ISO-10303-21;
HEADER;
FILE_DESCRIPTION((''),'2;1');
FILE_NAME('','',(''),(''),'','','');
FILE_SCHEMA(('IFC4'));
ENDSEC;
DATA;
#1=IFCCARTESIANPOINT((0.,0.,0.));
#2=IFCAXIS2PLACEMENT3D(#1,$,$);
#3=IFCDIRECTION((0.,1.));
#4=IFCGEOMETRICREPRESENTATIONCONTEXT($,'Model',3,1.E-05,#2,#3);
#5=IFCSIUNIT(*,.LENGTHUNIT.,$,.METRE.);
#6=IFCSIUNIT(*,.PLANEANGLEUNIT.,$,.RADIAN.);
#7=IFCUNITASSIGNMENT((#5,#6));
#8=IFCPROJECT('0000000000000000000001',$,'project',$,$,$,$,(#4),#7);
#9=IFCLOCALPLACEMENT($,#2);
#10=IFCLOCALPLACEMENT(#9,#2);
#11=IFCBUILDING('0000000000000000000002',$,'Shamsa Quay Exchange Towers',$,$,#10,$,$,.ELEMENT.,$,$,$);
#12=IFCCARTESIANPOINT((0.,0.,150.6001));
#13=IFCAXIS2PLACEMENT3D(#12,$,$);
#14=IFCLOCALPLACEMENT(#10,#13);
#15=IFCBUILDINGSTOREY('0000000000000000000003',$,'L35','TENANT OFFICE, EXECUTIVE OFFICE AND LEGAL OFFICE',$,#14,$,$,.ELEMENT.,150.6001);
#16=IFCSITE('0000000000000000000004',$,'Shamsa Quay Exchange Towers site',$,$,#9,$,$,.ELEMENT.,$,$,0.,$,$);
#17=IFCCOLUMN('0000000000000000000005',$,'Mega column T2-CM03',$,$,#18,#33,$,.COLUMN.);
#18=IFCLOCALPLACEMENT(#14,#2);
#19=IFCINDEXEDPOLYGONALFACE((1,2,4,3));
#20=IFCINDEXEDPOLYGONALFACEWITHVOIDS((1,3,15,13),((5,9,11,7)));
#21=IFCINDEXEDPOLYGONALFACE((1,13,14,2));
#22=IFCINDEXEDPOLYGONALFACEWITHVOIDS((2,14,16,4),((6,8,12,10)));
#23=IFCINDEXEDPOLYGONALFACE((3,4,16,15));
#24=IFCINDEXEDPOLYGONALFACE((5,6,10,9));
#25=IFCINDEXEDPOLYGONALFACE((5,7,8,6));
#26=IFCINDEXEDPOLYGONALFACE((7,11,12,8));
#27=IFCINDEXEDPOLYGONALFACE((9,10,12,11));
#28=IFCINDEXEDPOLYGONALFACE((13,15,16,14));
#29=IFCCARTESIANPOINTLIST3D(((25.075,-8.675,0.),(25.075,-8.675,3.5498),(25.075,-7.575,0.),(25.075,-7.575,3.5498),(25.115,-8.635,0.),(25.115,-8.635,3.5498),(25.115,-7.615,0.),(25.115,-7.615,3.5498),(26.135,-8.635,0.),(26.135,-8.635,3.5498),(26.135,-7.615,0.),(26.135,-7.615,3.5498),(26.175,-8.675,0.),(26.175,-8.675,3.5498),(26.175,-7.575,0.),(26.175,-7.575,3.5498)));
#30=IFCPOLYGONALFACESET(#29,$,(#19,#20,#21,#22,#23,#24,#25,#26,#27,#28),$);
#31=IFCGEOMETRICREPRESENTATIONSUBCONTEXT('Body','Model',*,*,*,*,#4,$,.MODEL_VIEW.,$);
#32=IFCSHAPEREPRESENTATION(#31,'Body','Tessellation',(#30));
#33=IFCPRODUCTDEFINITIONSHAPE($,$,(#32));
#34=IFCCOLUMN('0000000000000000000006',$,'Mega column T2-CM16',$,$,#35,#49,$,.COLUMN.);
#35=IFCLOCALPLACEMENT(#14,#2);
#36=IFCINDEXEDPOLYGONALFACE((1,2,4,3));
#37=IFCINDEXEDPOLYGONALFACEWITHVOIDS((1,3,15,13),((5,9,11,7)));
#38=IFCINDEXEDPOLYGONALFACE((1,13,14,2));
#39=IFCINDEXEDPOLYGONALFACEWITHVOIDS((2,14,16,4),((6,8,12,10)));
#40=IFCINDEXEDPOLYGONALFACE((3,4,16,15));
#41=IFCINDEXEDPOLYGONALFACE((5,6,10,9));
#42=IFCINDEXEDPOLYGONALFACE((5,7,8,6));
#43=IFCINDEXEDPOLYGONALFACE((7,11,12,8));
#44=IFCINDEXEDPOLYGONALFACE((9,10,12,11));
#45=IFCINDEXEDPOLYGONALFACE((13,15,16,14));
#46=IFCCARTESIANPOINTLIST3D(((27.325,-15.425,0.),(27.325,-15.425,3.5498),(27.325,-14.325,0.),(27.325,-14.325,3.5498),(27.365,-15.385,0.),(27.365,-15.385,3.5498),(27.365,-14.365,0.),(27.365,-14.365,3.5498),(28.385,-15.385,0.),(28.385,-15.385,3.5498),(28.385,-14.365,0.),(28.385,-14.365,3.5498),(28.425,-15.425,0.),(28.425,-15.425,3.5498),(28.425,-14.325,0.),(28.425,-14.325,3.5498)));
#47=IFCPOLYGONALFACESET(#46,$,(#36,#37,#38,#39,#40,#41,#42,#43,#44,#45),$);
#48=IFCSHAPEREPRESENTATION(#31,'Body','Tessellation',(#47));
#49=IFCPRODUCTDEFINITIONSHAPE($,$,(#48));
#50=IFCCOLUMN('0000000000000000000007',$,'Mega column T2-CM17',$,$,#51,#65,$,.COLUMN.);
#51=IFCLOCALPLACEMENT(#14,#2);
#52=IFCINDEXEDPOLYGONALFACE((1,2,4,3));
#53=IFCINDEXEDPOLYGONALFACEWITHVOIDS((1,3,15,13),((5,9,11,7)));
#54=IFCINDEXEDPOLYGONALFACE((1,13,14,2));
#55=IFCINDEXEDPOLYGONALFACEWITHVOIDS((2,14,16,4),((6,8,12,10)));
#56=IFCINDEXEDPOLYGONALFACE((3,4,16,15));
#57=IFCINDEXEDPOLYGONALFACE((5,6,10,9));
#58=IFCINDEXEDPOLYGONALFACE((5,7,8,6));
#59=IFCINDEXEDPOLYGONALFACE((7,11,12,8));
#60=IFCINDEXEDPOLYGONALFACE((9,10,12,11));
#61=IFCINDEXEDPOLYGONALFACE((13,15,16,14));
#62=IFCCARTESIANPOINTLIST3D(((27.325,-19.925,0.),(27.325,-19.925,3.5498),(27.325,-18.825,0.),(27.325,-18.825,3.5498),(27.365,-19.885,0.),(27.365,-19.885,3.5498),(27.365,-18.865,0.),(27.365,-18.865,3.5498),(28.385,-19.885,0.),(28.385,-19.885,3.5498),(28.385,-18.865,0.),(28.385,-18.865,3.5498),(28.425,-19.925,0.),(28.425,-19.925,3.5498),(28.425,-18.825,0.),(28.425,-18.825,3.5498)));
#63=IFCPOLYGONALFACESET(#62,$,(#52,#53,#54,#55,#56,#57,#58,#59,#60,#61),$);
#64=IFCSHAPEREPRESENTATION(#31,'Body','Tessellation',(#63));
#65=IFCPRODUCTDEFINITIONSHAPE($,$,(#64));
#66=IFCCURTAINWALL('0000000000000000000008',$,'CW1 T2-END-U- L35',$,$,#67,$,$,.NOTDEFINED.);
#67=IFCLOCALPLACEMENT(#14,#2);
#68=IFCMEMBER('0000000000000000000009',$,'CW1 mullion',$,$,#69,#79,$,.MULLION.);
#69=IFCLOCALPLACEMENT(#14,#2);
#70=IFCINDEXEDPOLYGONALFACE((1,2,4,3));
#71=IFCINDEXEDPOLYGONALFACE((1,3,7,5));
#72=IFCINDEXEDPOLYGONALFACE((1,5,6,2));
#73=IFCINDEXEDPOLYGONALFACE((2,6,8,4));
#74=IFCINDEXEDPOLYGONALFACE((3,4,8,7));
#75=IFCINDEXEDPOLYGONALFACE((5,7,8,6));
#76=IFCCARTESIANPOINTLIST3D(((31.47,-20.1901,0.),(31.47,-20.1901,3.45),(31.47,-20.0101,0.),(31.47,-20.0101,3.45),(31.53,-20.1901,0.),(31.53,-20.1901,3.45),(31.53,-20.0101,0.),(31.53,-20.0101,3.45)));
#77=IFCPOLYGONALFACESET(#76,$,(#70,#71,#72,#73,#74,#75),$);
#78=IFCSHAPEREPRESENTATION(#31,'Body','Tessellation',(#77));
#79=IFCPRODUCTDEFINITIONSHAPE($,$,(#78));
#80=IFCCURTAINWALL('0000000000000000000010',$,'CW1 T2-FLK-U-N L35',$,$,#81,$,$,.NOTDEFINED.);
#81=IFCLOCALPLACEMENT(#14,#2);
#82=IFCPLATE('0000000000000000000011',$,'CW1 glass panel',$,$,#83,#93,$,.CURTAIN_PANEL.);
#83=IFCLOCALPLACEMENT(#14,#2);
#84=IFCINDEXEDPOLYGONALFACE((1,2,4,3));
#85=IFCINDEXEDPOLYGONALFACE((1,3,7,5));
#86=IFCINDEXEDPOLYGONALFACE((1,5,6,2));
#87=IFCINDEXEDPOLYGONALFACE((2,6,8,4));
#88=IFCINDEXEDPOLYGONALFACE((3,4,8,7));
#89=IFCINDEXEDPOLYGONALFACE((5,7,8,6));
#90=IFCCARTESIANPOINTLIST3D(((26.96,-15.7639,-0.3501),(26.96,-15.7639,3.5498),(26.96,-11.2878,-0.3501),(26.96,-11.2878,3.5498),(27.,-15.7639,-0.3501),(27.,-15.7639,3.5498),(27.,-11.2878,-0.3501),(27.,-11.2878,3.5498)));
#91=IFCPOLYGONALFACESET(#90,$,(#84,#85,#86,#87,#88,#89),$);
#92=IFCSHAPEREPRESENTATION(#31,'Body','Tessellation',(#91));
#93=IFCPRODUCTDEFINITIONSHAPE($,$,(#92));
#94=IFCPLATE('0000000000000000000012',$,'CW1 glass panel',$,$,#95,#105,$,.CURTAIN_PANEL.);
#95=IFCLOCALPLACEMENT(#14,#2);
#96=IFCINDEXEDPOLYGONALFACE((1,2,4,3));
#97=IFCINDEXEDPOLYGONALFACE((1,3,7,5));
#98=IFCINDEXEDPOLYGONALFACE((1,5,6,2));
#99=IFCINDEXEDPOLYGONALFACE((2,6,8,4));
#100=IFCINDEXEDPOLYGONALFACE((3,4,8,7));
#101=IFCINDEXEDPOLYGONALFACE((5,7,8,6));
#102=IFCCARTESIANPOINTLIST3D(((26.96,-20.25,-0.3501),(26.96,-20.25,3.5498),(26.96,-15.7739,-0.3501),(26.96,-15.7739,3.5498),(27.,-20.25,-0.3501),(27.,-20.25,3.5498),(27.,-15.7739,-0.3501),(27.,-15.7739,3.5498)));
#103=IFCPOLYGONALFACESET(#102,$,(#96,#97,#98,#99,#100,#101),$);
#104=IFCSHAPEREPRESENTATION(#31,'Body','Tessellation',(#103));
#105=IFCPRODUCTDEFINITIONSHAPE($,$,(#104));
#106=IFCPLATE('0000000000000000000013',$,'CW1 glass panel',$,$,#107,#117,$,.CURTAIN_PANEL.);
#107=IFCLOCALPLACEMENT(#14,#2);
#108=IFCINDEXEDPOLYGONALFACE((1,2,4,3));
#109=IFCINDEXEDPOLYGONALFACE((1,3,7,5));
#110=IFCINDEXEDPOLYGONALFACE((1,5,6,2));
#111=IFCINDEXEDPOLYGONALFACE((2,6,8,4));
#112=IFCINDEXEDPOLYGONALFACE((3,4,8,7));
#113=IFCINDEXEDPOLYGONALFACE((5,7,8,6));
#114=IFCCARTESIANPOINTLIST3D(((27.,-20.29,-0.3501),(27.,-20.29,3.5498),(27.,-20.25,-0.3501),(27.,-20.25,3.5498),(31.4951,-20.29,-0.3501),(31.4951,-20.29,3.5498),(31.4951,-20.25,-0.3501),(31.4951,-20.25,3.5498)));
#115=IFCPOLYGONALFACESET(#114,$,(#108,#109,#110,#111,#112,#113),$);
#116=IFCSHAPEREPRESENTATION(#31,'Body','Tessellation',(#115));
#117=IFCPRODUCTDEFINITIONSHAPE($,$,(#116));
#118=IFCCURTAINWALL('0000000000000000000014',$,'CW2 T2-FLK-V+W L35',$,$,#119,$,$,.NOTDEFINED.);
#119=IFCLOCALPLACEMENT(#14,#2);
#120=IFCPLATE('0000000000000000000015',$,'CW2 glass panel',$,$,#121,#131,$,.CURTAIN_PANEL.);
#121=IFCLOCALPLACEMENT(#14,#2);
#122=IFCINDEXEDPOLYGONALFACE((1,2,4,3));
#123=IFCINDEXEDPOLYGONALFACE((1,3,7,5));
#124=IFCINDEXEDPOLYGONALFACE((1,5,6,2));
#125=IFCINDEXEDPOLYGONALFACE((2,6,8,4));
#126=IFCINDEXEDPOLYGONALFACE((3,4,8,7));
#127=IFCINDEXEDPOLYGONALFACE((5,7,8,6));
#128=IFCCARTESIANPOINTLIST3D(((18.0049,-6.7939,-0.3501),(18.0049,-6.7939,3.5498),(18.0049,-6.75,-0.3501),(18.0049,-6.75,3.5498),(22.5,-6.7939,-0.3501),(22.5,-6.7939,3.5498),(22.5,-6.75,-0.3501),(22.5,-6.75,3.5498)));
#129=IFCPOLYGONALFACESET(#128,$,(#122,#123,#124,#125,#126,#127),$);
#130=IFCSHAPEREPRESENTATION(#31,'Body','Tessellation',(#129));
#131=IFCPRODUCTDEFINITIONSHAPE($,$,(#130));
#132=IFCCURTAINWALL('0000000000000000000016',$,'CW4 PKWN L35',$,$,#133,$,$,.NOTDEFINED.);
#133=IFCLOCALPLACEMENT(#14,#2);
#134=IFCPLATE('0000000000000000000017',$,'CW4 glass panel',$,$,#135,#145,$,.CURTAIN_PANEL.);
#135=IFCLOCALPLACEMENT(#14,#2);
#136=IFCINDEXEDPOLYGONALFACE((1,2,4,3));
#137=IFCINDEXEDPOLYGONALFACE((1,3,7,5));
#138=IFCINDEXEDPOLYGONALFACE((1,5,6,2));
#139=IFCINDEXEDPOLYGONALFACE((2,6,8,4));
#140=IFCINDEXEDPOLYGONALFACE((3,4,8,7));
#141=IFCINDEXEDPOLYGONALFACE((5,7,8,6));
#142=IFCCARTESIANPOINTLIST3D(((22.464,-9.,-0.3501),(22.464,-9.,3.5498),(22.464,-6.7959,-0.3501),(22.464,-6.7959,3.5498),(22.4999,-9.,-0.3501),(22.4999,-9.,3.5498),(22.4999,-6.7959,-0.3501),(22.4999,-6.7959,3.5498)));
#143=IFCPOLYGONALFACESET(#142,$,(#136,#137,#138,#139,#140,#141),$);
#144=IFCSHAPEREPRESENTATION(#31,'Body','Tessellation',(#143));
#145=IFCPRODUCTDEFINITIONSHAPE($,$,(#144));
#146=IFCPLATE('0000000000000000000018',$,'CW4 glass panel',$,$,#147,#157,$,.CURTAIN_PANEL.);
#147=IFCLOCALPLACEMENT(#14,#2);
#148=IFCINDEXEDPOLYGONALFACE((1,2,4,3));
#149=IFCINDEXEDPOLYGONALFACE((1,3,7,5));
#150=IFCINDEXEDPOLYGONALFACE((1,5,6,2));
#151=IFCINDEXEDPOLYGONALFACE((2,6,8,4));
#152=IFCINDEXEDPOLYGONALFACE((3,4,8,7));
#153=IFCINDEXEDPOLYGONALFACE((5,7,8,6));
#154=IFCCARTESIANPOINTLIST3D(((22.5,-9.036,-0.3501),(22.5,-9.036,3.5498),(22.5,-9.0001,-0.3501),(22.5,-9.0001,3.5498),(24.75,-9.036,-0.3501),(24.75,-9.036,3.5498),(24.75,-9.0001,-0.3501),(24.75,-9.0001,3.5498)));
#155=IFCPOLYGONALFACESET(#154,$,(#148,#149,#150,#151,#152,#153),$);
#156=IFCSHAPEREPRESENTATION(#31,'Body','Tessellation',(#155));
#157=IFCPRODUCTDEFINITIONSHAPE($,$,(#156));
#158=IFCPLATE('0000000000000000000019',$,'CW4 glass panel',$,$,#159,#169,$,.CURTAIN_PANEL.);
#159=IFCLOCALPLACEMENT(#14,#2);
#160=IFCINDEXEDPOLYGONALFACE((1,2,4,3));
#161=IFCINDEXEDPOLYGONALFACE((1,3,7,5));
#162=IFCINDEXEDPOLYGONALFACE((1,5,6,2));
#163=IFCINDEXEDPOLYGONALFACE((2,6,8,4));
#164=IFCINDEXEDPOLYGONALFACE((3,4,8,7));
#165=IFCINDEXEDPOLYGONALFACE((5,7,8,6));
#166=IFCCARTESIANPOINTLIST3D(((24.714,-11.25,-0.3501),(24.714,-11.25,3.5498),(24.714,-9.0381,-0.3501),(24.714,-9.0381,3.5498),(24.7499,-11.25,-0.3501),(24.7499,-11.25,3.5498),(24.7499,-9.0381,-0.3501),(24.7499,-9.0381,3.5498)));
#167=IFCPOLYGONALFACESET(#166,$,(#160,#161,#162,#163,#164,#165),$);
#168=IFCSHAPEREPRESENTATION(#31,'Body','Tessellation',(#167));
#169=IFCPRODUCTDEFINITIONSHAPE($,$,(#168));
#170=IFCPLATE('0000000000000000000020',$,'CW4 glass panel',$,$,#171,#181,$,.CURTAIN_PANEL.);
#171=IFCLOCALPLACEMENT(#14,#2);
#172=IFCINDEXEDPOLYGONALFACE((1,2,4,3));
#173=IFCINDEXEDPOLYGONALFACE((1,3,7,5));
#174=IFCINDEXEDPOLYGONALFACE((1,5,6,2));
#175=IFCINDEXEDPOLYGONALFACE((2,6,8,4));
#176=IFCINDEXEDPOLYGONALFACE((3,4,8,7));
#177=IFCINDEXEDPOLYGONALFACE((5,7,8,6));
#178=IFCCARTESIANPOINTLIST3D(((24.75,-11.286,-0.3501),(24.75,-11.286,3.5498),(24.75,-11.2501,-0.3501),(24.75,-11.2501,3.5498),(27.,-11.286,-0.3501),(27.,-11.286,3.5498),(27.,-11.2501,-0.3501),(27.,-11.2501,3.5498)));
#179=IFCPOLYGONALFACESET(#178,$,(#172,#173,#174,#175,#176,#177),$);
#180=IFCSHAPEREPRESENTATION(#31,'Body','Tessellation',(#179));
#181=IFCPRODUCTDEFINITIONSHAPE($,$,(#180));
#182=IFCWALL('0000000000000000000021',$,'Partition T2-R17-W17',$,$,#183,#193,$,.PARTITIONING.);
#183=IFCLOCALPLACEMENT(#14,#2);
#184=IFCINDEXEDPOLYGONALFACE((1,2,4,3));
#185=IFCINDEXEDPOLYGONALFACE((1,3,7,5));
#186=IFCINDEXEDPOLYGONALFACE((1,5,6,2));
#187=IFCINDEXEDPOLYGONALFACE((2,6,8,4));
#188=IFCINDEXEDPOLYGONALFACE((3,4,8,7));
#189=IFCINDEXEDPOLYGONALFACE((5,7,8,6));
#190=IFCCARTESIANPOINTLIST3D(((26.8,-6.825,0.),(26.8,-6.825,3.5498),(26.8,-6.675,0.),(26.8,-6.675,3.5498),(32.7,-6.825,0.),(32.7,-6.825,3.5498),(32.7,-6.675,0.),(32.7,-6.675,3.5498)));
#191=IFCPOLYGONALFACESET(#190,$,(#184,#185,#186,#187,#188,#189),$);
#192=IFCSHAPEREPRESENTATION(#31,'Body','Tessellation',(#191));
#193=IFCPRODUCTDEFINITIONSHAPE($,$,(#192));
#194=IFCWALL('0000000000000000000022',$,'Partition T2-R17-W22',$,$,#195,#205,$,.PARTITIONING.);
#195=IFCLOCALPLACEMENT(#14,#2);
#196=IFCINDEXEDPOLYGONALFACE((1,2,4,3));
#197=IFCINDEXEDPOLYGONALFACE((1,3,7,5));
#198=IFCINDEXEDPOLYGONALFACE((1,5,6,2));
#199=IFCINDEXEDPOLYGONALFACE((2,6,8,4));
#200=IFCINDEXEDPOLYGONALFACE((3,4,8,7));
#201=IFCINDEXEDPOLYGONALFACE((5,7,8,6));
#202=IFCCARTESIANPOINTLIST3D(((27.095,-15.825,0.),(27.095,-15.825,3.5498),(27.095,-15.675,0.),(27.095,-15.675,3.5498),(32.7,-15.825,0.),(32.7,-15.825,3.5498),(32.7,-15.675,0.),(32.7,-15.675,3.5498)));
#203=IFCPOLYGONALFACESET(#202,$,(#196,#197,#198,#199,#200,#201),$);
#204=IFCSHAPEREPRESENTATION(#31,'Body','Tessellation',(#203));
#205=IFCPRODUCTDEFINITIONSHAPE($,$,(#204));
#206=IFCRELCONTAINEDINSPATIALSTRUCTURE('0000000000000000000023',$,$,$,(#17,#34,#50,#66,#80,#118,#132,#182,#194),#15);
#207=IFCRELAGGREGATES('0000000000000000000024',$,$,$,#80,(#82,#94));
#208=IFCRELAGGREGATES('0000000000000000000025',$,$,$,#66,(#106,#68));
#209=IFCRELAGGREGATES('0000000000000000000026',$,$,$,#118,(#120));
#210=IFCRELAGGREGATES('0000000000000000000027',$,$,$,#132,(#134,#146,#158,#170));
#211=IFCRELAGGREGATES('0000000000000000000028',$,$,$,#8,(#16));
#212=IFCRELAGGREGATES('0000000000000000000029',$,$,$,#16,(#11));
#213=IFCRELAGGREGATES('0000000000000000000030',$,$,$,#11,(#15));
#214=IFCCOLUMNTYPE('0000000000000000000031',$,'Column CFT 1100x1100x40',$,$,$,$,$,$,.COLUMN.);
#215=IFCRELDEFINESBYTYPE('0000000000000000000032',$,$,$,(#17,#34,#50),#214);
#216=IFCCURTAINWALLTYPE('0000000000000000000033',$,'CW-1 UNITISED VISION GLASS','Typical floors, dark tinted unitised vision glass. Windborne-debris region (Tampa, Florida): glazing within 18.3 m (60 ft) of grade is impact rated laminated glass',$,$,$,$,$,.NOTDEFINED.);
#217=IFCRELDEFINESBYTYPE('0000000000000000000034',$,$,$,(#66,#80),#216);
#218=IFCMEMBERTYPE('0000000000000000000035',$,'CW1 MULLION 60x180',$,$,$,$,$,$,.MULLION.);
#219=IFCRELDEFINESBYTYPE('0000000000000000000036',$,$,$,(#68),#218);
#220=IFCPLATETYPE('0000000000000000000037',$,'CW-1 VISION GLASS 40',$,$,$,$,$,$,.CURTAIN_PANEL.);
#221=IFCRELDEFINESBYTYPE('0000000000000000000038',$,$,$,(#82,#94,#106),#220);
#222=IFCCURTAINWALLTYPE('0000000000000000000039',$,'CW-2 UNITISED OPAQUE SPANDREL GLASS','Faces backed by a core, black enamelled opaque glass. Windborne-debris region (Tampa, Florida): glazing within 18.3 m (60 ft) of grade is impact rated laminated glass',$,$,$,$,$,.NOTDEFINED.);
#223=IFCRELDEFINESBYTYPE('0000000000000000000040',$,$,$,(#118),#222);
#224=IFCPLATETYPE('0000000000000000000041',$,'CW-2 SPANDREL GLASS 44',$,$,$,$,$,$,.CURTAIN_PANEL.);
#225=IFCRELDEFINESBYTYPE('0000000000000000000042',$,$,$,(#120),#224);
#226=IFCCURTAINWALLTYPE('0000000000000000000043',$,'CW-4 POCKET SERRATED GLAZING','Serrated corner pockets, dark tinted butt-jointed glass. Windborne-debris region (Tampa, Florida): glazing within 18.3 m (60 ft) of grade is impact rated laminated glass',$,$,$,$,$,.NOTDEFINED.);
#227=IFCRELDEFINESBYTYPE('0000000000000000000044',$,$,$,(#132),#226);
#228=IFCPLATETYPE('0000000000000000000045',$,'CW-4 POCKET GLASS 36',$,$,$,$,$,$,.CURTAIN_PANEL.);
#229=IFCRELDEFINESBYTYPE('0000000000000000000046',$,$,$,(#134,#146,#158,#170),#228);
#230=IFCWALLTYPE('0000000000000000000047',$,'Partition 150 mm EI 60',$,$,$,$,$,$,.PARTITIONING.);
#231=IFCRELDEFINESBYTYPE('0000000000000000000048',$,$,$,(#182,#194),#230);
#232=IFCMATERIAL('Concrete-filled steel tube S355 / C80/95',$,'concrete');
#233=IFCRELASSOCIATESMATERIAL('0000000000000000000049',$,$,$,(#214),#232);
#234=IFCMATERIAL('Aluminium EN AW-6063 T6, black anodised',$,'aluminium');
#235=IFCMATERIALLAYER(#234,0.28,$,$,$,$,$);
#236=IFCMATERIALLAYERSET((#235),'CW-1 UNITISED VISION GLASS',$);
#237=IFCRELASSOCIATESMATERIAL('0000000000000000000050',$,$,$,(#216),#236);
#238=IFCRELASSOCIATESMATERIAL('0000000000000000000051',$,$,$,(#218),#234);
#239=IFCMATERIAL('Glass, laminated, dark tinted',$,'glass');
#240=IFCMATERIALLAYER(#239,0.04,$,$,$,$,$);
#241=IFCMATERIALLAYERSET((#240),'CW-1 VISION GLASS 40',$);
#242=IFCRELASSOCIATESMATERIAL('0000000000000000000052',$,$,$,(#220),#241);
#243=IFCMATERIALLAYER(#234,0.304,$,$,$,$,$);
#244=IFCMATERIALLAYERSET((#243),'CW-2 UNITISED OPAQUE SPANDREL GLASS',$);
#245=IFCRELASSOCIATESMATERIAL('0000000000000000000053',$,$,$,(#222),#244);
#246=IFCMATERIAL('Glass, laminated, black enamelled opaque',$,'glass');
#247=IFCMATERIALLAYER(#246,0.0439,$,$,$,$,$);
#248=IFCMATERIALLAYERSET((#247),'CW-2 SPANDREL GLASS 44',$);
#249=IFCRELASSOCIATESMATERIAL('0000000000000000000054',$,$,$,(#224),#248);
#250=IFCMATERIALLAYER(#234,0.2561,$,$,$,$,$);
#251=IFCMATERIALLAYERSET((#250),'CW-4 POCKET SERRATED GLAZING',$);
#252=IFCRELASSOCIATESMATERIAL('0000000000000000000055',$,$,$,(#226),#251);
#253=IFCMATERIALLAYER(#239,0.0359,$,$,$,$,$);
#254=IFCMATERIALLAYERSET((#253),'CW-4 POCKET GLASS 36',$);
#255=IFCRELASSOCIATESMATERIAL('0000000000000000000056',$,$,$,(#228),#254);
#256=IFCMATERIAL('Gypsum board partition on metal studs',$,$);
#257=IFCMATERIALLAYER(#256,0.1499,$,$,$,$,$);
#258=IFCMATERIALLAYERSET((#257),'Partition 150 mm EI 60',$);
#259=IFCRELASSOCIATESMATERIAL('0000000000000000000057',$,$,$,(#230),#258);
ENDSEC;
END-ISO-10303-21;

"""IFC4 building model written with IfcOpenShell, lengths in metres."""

from ifc_helpers import new_model, si_unit, direction, frame, frame_2d, origin, origin_2d, place, context, subcontext, project, spatial, rectangle, hollow_rectangle, extrude, material, layer, layer_set, material_profile, profile_set, type_object, element, aggregate, save


model = new_model("IFC4")

# Units and contexts
model_context = context("Model", 3, precision=1e-05, world=origin(), true_north=direction((0.0, 1.0)))
body_context = subcontext(model_context, "Body", "Model", "MODEL_VIEW")
ifc_project = project(units=[si_unit("LENGTHUNIT", "METRE"), si_unit("PLANEANGLEUNIT", "RADIAN")], contexts=[model_context])

# Site, building, storey
site_placement = place(None, origin())
site = spatial("IfcSite", under=ifc_project, at=site_placement, Name="Shamsa Quay Exchange Towers site", CompositionType="ELEMENT", RefElevation=0.0)
building_placement = place(site_placement, origin())
building = spatial("IfcBuilding", under=site, at=building_placement, Name="Shamsa Quay Exchange Towers", CompositionType="ELEMENT")
storey_placement = place(building_placement, frame((0.0, 0.0, 150.6001)))
storey = spatial("IfcBuildingStorey", under=building, at=storey_placement, Name="L35", Description="TENANT OFFICE, EXECUTIVE OFFICE AND LEGAL OFFICE", CompositionType="ELEMENT", Elevation=150.6001)

# Columns
ifc_material_1 = material(Name="Concrete-filled steel tube S355 / C80/95", Category="concrete")
ifc_material_profile_1 = material_profile(ifc_material_1, hollow_rectangle(XDim=1.1001, YDim=1.1001, WallThickness=0.04, at=origin_2d()), Name="CFT 1100x1100x40")
ifc_profile_set_1 = profile_set([ifc_material_profile_1], Name="Concrete-filled steel tube S355 / C80/95")
column_type = type_object("IfcColumnType", Name="Column CFT 1100x1100x40", PredefinedType="COLUMN", material=ifc_profile_set_1)
for number, where, name in (
    (1, (25.625, -8.125, 0.0), "Mega column T2-CM03"),
    (2, (27.875, -14.875, 0.0), "Mega column T2-CM16"),
    (3, (27.875, -19.375, 0.0), "Mega column T2-CM17"),
):
    element("IfcColumn", number, at=place(storey_placement, frame(where)), inside=storey, type_object=column_type, Name=name, PredefinedType="COLUMN", context=body_context, shape_type="SweptSolid", body=[
        extrude(hollow_rectangle(XDim=1.1001, YDim=1.1001, WallThickness=0.04, at=origin_2d()), origin(), (0.0, 0.0, 1.0), 3.5498),
    ])

# Curtain wall, member
ifc_material_2 = material(Name="Aluminium EN AW-6063 T6, black anodised", Category="aluminium")
ifc_layer_1 = layer(ifc_material_2, 0.28)
ifc_layer_set_1 = layer_set([ifc_layer_1], Name="CW-1 UNITISED VISION GLASS")
curtain_wall_type_1 = type_object("IfcCurtainWallType", Name="CW-1 UNITISED VISION GLASS", Description="Typical floors, dark tinted unitised vision glass. Windborne-debris region (Tampa, Florida): glazing within 18.3 m (60 ft) of grade is impact rated laminated glass", PredefinedType="NOTDEFINED", material=ifc_layer_set_1)
curtain_wall_1_placement = place(storey_placement, origin())
curtain_wall_1 = element("IfcCurtainWall", 4, at=curtain_wall_1_placement, inside=storey, type_object=curtain_wall_type_1, Name="CW1 T2-END-U- L35", PredefinedType="NOTDEFINED")
ifc_material_profile_2 = material_profile(ifc_material_2, rectangle(XDim=0.1799, YDim=0.0601, at=origin_2d()), Name="MU60x180")
ifc_profile_set_2 = profile_set([ifc_material_profile_2], Name="Aluminium EN AW-6063 T6, black anodised")
member_type = type_object("IfcMemberType", Name="CW1 MULLION 60x180", PredefinedType="MULLION", material=ifc_profile_set_2)
member_placement = place(storey_placement, frame((31.5, -20.1001, 0.0), z_axis=(0.0, 0.0, 1.0), x_axis=(0.0, 1.0, 0.0)))
member = element("IfcMember", 5, at=member_placement, type_object=member_type, Name="CW1 mullion", PredefinedType="MULLION", context=body_context, shape_type="SweptSolid", body=[
    extrude(rectangle(XDim=0.1799, YDim=0.0601, at=origin_2d()), origin(), (0.0, 0.0, 1.0), 3.45),
])

# Curtain wall, plates
curtain_wall_2_placement = place(storey_placement, origin())
curtain_wall_2 = element("IfcCurtainWall", 6, at=curtain_wall_2_placement, inside=storey, type_object=curtain_wall_type_1, Name="CW1 T2-FLK-U-N L35", PredefinedType="NOTDEFINED")
ifc_material_3 = material(Name="Glass, laminated, dark tinted", Category="glass")
ifc_layer_2 = layer(ifc_material_3, 0.04)
ifc_layer_set_2 = layer_set([ifc_layer_2], Name="CW-1 VISION GLASS 40")
plate_type_1 = type_object("IfcPlateType", Name="CW-1 VISION GLASS 40", PredefinedType="CURTAIN_PANEL", material=ifc_layer_set_2)
plate_1_placement = place(storey_placement, frame((26.98, -13.5259, -0.3501), z_axis=(0.0, 0.0, 1.0), x_axis=(0.0, -1.0, 0.0)))
plate_1 = element("IfcPlate", 7, at=plate_1_placement, type_object=plate_type_1, Name="CW1 glass panel", PredefinedType="CURTAIN_PANEL", context=body_context, shape_type="SweptSolid", body=[
    extrude(rectangle(XDim=4.4761, YDim=0.04, at=origin_2d()), origin(), (0.0, 0.0, 1.0), 3.8999),
])
plate_2_placement = place(storey_placement, frame((26.98, -18.012, -0.3501), z_axis=(0.0, 0.0, 1.0), x_axis=(0.0, -1.0, 0.0)))
plate_2 = element("IfcPlate", 8, at=plate_2_placement, type_object=plate_type_1, Name="CW1 glass panel", PredefinedType="CURTAIN_PANEL", context=body_context, shape_type="SweptSolid", body=[
    extrude(rectangle(XDim=4.4761, YDim=0.04, at=origin_2d()), origin(), (0.0, 0.0, 1.0), 3.8999),
])
aggregate(curtain_wall_2, [plate_1, plate_2])

# Plate
plate_3_placement = place(storey_placement, frame((29.2476, -20.27, -0.3501)))
plate_3 = element("IfcPlate", 9, at=plate_3_placement, type_object=plate_type_1, Name="CW1 glass panel", PredefinedType="CURTAIN_PANEL", context=body_context, shape_type="SweptSolid", body=[
    extrude(rectangle(XDim=4.4951, YDim=0.04, at=origin_2d()), origin(), (0.0, 0.0, 1.0), 3.8999),
])
aggregate(curtain_wall_1, [plate_3, member])

# Curtain wall, plate
ifc_layer_3 = layer(ifc_material_2, 0.304)
ifc_layer_set_3 = layer_set([ifc_layer_3], Name="CW-2 UNITISED OPAQUE SPANDREL GLASS")
curtain_wall_type_2 = type_object("IfcCurtainWallType", Name="CW-2 UNITISED OPAQUE SPANDREL GLASS", Description="Faces backed by a core, black enamelled opaque glass. Windborne-debris region (Tampa, Florida): glazing within 18.3 m (60 ft) of grade is impact rated laminated glass", PredefinedType="NOTDEFINED", material=ifc_layer_set_3)
curtain_wall_3_placement = place(storey_placement, origin())
curtain_wall_3 = element("IfcCurtainWall", 10, at=curtain_wall_3_placement, inside=storey, type_object=curtain_wall_type_2, Name="CW2 T2-FLK-V+W L35", PredefinedType="NOTDEFINED")
ifc_material_4 = material(Name="Glass, laminated, black enamelled opaque", Category="glass")
ifc_layer_4 = layer(ifc_material_4, 0.0439)
ifc_layer_set_4 = layer_set([ifc_layer_4], Name="CW-2 SPANDREL GLASS 44")
plate_type_2 = type_object("IfcPlateType", Name="CW-2 SPANDREL GLASS 44", PredefinedType="CURTAIN_PANEL", material=ifc_layer_set_4)
plate_4_placement = place(storey_placement, frame((20.2524, -6.772, -0.3501)))
plate_4 = element("IfcPlate", 11, at=plate_4_placement, type_object=plate_type_2, Name="CW2 glass panel", PredefinedType="CURTAIN_PANEL", context=body_context, shape_type="SweptSolid", body=[
    extrude(rectangle(XDim=4.4951, YDim=0.0439, at=origin_2d()), origin(), (0.0, 0.0, 1.0), 3.8999),
])
aggregate(curtain_wall_3, [plate_4])

# Curtain wall, plates
ifc_layer_5 = layer(ifc_material_2, 0.2561)
ifc_layer_set_5 = layer_set([ifc_layer_5], Name="CW-4 POCKET SERRATED GLAZING")
curtain_wall_type_3 = type_object("IfcCurtainWallType", Name="CW-4 POCKET SERRATED GLAZING", Description="Serrated corner pockets, dark tinted butt-jointed glass. Windborne-debris region (Tampa, Florida): glazing within 18.3 m (60 ft) of grade is impact rated laminated glass", PredefinedType="NOTDEFINED", material=ifc_layer_set_5)
curtain_wall_4_placement = place(storey_placement, origin())
curtain_wall_4 = element("IfcCurtainWall", 12, at=curtain_wall_4_placement, inside=storey, type_object=curtain_wall_type_3, Name="CW4 PKWN L35", PredefinedType="NOTDEFINED")
ifc_layer_6 = layer(ifc_material_3, 0.0359)
ifc_layer_set_6 = layer_set([ifc_layer_6], Name="CW-4 POCKET GLASS 36")
plate_type_3 = type_object("IfcPlateType", Name="CW-4 POCKET GLASS 36", PredefinedType="CURTAIN_PANEL", material=ifc_layer_set_6)
plate_5_placement = place(storey_placement, frame((22.4819, -7.8979, -0.3501), z_axis=(0.0, 0.0, 1.0), x_axis=(0.0, -1.0, 0.0)))
plate_5 = element("IfcPlate", 13, at=plate_5_placement, type_object=plate_type_3, Name="CW4 glass panel", PredefinedType="CURTAIN_PANEL", context=body_context, shape_type="SweptSolid", body=[
    extrude(rectangle(XDim=2.2041, YDim=0.0359, at=origin_2d()), origin(), (0.0, 0.0, 1.0), 3.8999),
])
plate_6_placement = place(storey_placement, frame((23.625, -9.0181, -0.3501)))
plate_6 = element("IfcPlate", 14, at=plate_6_placement, type_object=plate_type_3, Name="CW4 glass panel", PredefinedType="CURTAIN_PANEL", context=body_context, shape_type="SweptSolid", body=[
    extrude(rectangle(XDim=2.25, YDim=0.0359, at=origin_2d()), origin(), (0.0, 0.0, 1.0), 3.8999),
])
plate_7_placement = place(storey_placement, frame((24.7319, -10.144, -0.3501), z_axis=(0.0, 0.0, 1.0), x_axis=(0.0, -1.0, 0.0)))
plate_7 = element("IfcPlate", 15, at=plate_7_placement, type_object=plate_type_3, Name="CW4 glass panel", PredefinedType="CURTAIN_PANEL", context=body_context, shape_type="SweptSolid", body=[
    extrude(rectangle(XDim=2.2119, YDim=0.0359, at=origin_2d()), origin(), (0.0, 0.0, 1.0), 3.8999),
])
plate_8_placement = place(storey_placement, frame((25.875, -11.2681, -0.3501)))
plate_8 = element("IfcPlate", 16, at=plate_8_placement, type_object=plate_type_3, Name="CW4 glass panel", PredefinedType="CURTAIN_PANEL", context=body_context, shape_type="SweptSolid", body=[
    extrude(rectangle(XDim=2.25, YDim=0.0359, at=origin_2d()), origin(), (0.0, 0.0, 1.0), 3.8999),
])
aggregate(curtain_wall_4, [plate_5, plate_6, plate_7, plate_8])

# Walls
ifc_material_5 = material(Name="Gypsum board partition on metal studs")
ifc_layer_7 = layer(ifc_material_5, 0.1499)
ifc_layer_set_7 = layer_set([ifc_layer_7], Name="Partition 150 mm EI 60")
wall_type_1 = type_object("IfcWallType", Name="Partition 150 mm EI 60", PredefinedType="PARTITIONING", material=ifc_layer_set_7)
wall_1_placement = place(storey_placement, frame((26.8, -6.75, 0.0)))
element("IfcWall", 17, at=wall_1_placement, inside=storey, type_object=wall_type_1, Name="Partition T2-R17-W17", PredefinedType="PARTITIONING", context=body_context, shape_type="SweptSolid", body=[
    extrude(rectangle(XDim=5.8999, YDim=0.1499, at=frame_2d((2.95, 0.0))), origin(), (0.0, 0.0, 1.0), 3.5498),
])
wall_2_placement = place(storey_placement, frame((27.095, -15.75, 0.0)))
element("IfcWall", 18, at=wall_2_placement, inside=storey, type_object=wall_type_1, Name="Partition T2-R17-W22", PredefinedType="PARTITIONING", context=body_context, shape_type="SweptSolid", body=[
    extrude(rectangle(XDim=5.605, YDim=0.1499, at=frame_2d((2.8025, 0.0))), origin(), (0.0, 0.0, 1.0), 3.5498),
])

save(model, "model.ifc")
